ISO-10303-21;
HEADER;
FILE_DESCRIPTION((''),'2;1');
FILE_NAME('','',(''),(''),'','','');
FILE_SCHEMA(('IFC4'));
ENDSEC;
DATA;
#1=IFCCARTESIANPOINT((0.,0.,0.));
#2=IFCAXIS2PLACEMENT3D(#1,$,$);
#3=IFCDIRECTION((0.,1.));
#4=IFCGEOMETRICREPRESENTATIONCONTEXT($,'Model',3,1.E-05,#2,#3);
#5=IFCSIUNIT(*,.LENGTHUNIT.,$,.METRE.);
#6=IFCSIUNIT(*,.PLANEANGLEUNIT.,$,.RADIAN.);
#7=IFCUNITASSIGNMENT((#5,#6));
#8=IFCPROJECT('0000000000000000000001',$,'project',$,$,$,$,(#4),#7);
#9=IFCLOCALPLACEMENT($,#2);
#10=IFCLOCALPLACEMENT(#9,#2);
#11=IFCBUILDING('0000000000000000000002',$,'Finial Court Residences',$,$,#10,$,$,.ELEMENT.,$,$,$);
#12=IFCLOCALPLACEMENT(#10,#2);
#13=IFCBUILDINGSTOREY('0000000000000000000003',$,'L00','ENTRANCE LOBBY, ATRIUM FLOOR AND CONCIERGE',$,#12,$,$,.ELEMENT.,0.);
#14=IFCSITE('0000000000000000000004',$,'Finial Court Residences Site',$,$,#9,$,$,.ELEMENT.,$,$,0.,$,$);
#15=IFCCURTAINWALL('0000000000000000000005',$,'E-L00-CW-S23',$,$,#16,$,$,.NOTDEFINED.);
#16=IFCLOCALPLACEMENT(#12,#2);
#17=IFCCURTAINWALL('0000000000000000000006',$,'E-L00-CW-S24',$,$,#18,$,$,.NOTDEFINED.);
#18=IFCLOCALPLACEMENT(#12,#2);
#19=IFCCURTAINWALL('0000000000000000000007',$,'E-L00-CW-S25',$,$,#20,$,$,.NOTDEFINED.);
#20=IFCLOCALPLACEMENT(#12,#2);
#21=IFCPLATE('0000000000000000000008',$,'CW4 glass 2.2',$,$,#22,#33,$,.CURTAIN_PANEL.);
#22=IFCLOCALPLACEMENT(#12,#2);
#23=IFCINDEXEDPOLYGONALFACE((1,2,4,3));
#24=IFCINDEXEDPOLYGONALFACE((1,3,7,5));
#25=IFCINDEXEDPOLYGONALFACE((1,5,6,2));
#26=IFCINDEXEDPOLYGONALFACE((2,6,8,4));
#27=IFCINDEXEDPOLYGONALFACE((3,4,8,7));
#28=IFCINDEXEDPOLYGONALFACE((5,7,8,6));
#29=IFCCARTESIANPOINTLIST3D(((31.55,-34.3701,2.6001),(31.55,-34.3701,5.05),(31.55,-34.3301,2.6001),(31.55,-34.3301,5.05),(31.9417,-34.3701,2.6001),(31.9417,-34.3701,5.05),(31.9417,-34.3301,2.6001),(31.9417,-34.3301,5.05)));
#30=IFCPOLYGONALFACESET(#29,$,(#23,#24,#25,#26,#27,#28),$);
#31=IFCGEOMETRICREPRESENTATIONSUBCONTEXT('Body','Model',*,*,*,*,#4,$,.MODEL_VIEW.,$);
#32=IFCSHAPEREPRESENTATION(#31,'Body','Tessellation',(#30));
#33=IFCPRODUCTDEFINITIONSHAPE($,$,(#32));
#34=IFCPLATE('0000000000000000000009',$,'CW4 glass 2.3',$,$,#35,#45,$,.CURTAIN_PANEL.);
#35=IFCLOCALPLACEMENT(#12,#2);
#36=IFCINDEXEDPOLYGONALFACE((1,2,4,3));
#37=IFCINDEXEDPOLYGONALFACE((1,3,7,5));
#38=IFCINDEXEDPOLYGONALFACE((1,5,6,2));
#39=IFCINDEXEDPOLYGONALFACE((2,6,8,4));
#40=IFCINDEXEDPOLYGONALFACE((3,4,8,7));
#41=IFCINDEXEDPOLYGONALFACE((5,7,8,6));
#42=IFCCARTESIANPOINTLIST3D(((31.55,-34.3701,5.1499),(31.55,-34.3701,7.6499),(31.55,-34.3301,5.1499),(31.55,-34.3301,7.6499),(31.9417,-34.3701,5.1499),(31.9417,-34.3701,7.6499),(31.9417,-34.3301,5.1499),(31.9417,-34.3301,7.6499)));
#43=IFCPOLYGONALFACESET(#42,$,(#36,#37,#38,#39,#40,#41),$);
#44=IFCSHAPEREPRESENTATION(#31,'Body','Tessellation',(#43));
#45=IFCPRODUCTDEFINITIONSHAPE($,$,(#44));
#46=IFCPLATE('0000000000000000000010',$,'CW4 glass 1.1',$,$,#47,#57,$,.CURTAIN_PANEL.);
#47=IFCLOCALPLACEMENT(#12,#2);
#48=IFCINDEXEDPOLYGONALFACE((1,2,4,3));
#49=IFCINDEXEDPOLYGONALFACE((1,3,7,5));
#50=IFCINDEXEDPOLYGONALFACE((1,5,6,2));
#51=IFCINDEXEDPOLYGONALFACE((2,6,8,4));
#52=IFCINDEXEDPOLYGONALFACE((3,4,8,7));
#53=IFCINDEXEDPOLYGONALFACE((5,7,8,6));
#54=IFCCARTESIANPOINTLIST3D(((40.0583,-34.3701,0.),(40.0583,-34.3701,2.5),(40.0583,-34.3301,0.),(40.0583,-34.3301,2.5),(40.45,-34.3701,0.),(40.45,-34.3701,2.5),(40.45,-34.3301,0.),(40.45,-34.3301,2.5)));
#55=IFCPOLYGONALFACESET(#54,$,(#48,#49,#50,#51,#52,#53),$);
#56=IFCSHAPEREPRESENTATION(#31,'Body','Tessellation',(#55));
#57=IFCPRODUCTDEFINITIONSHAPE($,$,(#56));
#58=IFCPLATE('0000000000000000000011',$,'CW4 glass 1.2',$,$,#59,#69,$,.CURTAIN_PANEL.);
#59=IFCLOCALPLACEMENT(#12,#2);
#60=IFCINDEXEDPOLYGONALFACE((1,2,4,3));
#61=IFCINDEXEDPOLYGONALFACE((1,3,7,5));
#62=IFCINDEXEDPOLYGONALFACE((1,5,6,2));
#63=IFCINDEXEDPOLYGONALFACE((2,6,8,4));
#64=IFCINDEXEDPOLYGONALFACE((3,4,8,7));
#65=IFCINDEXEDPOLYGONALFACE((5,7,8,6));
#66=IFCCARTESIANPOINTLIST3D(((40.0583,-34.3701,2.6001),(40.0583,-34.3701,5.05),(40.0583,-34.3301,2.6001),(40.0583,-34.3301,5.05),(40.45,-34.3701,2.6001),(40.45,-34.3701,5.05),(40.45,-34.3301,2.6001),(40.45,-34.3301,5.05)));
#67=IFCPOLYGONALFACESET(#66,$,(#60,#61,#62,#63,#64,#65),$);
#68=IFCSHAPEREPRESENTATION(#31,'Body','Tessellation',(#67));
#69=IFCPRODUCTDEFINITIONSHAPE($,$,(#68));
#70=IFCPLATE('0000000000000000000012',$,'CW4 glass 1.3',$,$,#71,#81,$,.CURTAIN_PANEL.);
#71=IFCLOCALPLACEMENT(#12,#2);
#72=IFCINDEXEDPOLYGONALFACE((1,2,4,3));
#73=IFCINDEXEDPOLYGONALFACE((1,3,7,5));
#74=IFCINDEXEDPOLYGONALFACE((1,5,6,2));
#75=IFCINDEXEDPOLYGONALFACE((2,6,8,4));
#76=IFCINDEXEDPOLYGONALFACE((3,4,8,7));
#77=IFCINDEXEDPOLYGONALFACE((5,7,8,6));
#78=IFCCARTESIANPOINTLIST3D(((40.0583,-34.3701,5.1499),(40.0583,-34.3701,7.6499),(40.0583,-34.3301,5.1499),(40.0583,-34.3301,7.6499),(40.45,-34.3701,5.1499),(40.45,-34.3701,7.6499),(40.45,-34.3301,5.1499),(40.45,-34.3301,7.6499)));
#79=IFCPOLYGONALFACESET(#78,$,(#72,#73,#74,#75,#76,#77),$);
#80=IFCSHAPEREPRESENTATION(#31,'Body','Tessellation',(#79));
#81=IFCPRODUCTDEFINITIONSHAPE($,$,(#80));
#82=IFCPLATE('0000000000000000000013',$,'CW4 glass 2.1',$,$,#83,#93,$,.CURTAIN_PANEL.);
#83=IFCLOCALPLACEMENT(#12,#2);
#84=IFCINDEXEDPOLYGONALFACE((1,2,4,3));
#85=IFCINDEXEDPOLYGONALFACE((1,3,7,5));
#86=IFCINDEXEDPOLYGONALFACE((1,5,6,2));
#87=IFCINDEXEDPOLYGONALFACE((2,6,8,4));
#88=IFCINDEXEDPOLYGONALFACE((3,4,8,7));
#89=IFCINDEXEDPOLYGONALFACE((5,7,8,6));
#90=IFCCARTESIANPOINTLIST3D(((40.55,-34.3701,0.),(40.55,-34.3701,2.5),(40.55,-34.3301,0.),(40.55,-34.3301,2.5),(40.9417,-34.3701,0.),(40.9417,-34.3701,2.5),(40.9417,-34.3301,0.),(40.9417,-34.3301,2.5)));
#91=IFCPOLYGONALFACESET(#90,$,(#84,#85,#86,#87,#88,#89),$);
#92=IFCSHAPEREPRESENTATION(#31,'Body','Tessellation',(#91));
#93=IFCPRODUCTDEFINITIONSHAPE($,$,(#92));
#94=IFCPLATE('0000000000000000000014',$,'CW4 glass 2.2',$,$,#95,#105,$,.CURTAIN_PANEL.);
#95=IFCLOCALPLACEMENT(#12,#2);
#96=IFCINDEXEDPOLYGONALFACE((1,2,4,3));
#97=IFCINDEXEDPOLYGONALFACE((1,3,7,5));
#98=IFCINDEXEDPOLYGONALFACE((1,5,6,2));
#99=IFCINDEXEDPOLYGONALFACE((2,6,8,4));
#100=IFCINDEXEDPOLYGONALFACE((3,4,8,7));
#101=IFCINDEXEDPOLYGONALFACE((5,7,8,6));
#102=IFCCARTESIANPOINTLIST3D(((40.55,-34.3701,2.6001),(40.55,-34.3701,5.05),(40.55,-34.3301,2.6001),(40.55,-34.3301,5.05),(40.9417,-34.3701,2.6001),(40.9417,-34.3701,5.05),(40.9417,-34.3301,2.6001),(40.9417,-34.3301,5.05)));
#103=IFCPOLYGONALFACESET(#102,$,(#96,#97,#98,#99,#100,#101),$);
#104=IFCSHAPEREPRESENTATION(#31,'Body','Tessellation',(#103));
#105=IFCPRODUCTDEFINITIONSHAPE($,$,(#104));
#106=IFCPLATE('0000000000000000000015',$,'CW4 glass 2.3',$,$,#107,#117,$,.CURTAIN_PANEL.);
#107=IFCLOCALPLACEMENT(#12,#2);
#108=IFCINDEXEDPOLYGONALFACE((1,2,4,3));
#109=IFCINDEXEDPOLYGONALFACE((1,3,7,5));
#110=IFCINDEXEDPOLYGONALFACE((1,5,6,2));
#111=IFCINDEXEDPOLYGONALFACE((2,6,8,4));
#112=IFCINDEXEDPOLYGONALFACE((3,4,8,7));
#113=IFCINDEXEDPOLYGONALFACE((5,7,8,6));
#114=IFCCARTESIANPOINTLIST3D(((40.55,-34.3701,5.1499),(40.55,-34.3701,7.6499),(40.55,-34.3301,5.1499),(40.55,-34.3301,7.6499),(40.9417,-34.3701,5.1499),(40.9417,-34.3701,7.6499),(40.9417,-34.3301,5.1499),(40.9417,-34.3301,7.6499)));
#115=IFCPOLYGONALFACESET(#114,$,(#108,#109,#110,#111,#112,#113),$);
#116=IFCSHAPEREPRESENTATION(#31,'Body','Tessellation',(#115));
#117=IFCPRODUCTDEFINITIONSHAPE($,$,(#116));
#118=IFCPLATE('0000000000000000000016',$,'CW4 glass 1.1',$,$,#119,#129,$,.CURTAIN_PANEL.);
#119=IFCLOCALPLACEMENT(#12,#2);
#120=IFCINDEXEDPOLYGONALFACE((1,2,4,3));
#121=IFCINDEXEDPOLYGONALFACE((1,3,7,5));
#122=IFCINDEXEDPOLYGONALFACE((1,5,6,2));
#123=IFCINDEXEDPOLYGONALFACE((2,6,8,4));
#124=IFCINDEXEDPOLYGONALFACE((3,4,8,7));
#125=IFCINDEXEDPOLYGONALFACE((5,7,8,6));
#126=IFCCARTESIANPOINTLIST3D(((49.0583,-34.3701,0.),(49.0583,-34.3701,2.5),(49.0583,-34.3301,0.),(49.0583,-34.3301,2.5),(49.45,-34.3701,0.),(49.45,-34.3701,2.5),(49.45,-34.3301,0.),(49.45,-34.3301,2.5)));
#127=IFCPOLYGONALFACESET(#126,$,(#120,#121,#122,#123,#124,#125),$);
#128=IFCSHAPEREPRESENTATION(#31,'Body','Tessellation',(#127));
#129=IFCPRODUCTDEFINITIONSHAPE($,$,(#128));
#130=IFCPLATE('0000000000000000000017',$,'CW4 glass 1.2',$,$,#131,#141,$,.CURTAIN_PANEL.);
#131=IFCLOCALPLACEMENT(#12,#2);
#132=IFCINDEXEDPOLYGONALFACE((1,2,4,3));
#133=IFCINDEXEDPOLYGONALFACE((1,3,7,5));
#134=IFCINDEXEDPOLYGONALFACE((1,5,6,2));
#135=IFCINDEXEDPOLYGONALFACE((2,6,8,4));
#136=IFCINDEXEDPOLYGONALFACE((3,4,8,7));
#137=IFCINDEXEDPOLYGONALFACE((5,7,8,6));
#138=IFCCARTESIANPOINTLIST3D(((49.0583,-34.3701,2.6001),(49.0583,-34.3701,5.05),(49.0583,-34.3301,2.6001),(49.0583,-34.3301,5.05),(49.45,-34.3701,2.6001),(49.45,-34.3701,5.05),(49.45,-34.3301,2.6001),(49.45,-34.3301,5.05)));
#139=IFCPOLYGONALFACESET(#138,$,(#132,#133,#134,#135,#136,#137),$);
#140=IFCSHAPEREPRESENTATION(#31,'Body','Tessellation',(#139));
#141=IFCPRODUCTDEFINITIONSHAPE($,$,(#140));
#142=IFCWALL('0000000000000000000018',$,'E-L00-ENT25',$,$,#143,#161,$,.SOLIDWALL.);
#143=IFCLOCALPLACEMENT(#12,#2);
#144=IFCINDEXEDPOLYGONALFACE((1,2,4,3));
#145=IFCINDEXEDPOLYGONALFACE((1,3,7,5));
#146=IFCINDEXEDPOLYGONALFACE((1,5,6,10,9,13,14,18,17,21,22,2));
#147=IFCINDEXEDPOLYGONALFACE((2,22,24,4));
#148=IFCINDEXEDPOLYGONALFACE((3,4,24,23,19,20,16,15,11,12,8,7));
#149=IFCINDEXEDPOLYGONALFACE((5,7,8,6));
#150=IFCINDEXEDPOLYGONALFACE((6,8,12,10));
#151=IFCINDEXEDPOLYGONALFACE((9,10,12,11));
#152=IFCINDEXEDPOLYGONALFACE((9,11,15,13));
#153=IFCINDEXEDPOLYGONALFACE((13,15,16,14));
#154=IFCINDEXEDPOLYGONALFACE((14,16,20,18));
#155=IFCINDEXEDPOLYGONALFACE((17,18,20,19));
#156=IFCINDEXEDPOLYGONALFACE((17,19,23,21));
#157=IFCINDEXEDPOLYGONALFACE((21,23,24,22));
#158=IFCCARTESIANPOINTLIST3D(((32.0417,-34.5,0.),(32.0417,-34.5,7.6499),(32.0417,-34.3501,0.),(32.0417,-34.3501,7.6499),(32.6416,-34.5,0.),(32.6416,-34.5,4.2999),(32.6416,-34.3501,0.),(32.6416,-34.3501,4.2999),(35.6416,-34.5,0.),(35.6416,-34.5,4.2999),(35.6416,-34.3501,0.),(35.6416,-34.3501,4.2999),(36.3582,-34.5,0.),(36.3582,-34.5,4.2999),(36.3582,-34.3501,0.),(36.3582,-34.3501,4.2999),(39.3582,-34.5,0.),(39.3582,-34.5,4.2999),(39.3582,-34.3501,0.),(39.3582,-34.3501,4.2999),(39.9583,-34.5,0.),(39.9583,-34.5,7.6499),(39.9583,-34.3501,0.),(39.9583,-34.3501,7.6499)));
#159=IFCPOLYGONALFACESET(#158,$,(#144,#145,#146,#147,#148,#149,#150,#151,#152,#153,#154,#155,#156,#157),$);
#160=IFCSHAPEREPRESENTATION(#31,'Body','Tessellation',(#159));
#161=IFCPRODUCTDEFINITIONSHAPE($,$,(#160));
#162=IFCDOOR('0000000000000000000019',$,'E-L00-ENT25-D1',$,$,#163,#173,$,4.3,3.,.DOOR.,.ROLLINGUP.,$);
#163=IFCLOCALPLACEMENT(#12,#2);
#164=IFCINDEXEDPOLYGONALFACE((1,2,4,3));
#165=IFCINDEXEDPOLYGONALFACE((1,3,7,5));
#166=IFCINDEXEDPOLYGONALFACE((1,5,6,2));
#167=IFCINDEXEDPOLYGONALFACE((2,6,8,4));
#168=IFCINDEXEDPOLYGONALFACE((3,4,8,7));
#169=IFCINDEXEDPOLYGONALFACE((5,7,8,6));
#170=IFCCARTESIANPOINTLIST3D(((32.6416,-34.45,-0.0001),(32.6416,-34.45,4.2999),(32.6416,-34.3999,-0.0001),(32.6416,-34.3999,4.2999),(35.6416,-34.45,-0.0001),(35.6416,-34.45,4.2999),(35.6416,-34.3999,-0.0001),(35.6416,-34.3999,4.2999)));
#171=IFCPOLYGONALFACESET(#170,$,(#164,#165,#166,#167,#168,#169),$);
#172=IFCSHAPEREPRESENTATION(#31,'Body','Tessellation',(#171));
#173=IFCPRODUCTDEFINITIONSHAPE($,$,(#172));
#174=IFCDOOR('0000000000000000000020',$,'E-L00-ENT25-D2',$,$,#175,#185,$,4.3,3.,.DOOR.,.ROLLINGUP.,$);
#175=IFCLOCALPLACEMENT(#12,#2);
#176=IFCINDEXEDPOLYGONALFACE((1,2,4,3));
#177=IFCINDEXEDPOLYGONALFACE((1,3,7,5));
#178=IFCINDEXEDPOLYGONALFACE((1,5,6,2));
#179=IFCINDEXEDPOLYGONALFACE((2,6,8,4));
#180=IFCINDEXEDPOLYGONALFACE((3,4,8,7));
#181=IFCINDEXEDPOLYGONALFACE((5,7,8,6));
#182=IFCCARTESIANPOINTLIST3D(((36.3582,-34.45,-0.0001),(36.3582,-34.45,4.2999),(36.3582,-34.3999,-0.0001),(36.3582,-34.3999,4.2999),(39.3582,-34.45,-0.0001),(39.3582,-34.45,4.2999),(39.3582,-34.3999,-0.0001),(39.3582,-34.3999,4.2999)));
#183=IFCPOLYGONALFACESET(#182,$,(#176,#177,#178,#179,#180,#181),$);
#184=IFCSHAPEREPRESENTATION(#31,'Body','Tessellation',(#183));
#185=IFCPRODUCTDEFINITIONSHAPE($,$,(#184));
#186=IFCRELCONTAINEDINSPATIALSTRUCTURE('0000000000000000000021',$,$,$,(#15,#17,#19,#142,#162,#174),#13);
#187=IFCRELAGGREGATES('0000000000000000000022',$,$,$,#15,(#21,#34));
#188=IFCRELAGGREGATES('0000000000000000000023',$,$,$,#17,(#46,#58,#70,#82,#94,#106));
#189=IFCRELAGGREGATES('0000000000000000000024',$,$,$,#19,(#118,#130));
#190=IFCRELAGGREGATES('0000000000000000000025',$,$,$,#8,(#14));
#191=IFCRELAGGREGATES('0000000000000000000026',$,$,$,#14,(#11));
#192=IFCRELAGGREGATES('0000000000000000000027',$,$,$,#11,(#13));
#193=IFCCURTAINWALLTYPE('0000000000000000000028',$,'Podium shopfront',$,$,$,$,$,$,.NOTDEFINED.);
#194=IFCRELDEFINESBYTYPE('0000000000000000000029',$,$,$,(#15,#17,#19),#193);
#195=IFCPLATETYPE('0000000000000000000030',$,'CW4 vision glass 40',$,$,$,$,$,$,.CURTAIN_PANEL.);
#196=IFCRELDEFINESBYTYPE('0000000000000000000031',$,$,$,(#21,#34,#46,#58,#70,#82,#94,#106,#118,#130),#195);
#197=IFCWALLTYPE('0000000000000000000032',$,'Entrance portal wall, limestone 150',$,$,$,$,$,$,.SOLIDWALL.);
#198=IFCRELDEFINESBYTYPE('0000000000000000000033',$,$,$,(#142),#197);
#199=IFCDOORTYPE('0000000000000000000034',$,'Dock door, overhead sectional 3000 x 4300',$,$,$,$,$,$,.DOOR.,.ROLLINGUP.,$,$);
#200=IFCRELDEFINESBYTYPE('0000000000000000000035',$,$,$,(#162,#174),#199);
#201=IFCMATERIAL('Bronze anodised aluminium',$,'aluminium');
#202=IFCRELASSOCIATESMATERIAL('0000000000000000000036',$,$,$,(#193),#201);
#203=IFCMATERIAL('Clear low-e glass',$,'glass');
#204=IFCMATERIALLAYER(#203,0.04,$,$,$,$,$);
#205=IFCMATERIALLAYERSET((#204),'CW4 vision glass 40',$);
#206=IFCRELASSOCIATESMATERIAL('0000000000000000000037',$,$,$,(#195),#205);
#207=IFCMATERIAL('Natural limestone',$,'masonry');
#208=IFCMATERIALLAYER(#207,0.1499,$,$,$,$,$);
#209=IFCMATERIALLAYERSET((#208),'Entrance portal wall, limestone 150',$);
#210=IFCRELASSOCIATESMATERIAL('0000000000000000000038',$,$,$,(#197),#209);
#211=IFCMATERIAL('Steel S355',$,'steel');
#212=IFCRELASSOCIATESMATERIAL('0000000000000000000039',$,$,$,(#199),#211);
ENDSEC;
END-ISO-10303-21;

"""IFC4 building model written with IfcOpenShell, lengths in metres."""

from ifc_helpers import new_model, si_unit, direction, frame, frame_2d, origin, origin_2d, place, context, subcontext, project, spatial, rectangle, extrude, material, layer, layer_set, type_object, element, fill, aggregate, save


model = new_model("IFC4")

# Units and contexts
model_context = context("Model", 3, precision=1e-05, world=origin(), true_north=direction((0.0, 1.0)))
body_context = subcontext(model_context, "Body", "Model", "MODEL_VIEW")
ifc_project = project(units=[si_unit("LENGTHUNIT", "METRE"), si_unit("PLANEANGLEUNIT", "RADIAN")], contexts=[model_context])

# Site, building, storey
site_placement = place(None, origin())
site = spatial("IfcSite", under=ifc_project, at=site_placement, Name="Finial Court Residences Site", CompositionType="ELEMENT", RefElevation=0.0)
building_placement = place(site_placement, origin())
building = spatial("IfcBuilding", under=site, at=building_placement, Name="Finial Court Residences", CompositionType="ELEMENT")
storey_placement = place(building_placement, origin())
storey = spatial("IfcBuildingStorey", under=building, at=storey_placement, Name="L00", Description="ENTRANCE LOBBY, ATRIUM FLOOR AND CONCIERGE", CompositionType="ELEMENT", Elevation=0.0)

# Curtain wall
ifc_material_1 = material(Name="Bronze anodised aluminium", Category="aluminium")
curtain_wall_type = type_object("IfcCurtainWallType", Name="Podium shopfront", PredefinedType="NOTDEFINED", material=ifc_material_1)
curtain_wall_1_placement = place(storey_placement, origin())
curtain_wall_1 = element("IfcCurtainWall", 1, at=curtain_wall_1_placement, inside=storey, type_object=curtain_wall_type, Name="E-L00-CW-S23", PredefinedType="NOTDEFINED")

# Curtain wall
curtain_wall_2_placement = place(storey_placement, origin())
curtain_wall_2 = element("IfcCurtainWall", 2, at=curtain_wall_2_placement, inside=storey, type_object=curtain_wall_type, Name="E-L00-CW-S24", PredefinedType="NOTDEFINED")

# Curtain wall
curtain_wall_3_placement = place(storey_placement, origin())
curtain_wall_3 = element("IfcCurtainWall", 3, at=curtain_wall_3_placement, inside=storey, type_object=curtain_wall_type, Name="E-L00-CW-S25", PredefinedType="NOTDEFINED")

# Plates
ifc_material_2 = material(Name="Clear low-e glass", Category="glass")
ifc_layer_1 = layer(ifc_material_2, 0.04)
ifc_layer_set_1 = layer_set([ifc_layer_1], Name="CW4 vision glass 40")
plate_type = type_object("IfcPlateType", Name="CW4 vision glass 40", PredefinedType="CURTAIN_PANEL", material=ifc_layer_set_1)
plate_1_placement = place(storey_placement, frame((31.7458, -34.3501, 2.6001), z_axis=(0.0, 0.0, 1.0), x_axis=(1.0, 0.0, 0.0)))
plate_1 = element("IfcPlate", 4, at=plate_1_placement, type_object=plate_type, Name="CW4 glass 2.2", PredefinedType="CURTAIN_PANEL", context=body_context, shape_type="SweptSolid", body=[
    extrude(rectangle(XDim=0.3916, YDim=0.04, at=origin_2d()), origin(), (0.0, 0.0, 1.0), 2.45),
])
plate_2_placement = place(storey_placement, frame((31.7458, -34.3501, 5.1499), z_axis=(0.0, 0.0, 1.0), x_axis=(1.0, 0.0, 0.0)))
plate_2 = element("IfcPlate", 5, at=plate_2_placement, type_object=plate_type, Name="CW4 glass 2.3", PredefinedType="CURTAIN_PANEL", context=body_context, shape_type="SweptSolid", body=[
    extrude(rectangle(XDim=0.3916, YDim=0.04, at=origin_2d()), origin(), (0.0, 0.0, 1.0), 2.5),
])
aggregate(curtain_wall_1, [plate_1, plate_2])
plate_3_placement = place(storey_placement, frame((40.2542, -34.3501, 0.0), z_axis=(0.0, 0.0, 1.0), x_axis=(1.0, 0.0, 0.0)))
plate_3 = element("IfcPlate", 6, at=plate_3_placement, type_object=plate_type, Name="CW4 glass 1.1", PredefinedType="CURTAIN_PANEL", context=body_context, shape_type="SweptSolid", body=[
    extrude(rectangle(XDim=0.3916, YDim=0.04, at=origin_2d()), origin(), (0.0, 0.0, 1.0), 2.5),
])
plate_4_placement = place(storey_placement, frame((40.2542, -34.3501, 2.6001), z_axis=(0.0, 0.0, 1.0), x_axis=(1.0, 0.0, 0.0)))
plate_4 = element("IfcPlate", 7, at=plate_4_placement, type_object=plate_type, Name="CW4 glass 1.2", PredefinedType="CURTAIN_PANEL", context=body_context, shape_type="SweptSolid", body=[
    extrude(rectangle(XDim=0.3916, YDim=0.04, at=origin_2d()), origin(), (0.0, 0.0, 1.0), 2.45),
])
plate_5_placement = place(storey_placement, frame((40.2542, -34.3501, 5.1499), z_axis=(0.0, 0.0, 1.0), x_axis=(1.0, 0.0, 0.0)))
plate_5 = element("IfcPlate", 8, at=plate_5_placement, type_object=plate_type, Name="CW4 glass 1.3", PredefinedType="CURTAIN_PANEL", context=body_context, shape_type="SweptSolid", body=[
    extrude(rectangle(XDim=0.3916, YDim=0.04, at=origin_2d()), origin(), (0.0, 0.0, 1.0), 2.5),
])
plate_6_placement = place(storey_placement, frame((40.7458, -34.3501, 0.0), z_axis=(0.0, 0.0, 1.0), x_axis=(1.0, 0.0, 0.0)))
plate_6 = element("IfcPlate", 9, at=plate_6_placement, type_object=plate_type, Name="CW4 glass 2.1", PredefinedType="CURTAIN_PANEL", context=body_context, shape_type="SweptSolid", body=[
    extrude(rectangle(XDim=0.3916, YDim=0.04, at=origin_2d()), origin(), (0.0, 0.0, 1.0), 2.5),
])
plate_7_placement = place(storey_placement, frame((40.7458, -34.3501, 2.6001), z_axis=(0.0, 0.0, 1.0), x_axis=(1.0, 0.0, 0.0)))
plate_7 = element("IfcPlate", 10, at=plate_7_placement, type_object=plate_type, Name="CW4 glass 2.2", PredefinedType="CURTAIN_PANEL", context=body_context, shape_type="SweptSolid", body=[
    extrude(rectangle(XDim=0.3916, YDim=0.04, at=origin_2d()), origin(), (0.0, 0.0, 1.0), 2.45),
])
plate_8_placement = place(storey_placement, frame((40.7458, -34.3501, 5.1499), z_axis=(0.0, 0.0, 1.0), x_axis=(1.0, 0.0, 0.0)))
plate_8 = element("IfcPlate", 11, at=plate_8_placement, type_object=plate_type, Name="CW4 glass 2.3", PredefinedType="CURTAIN_PANEL", context=body_context, shape_type="SweptSolid", body=[
    extrude(rectangle(XDim=0.3916, YDim=0.04, at=origin_2d()), origin(), (0.0, 0.0, 1.0), 2.5),
])
aggregate(curtain_wall_2, [plate_3, plate_4, plate_5, plate_6, plate_7, plate_8])
plate_9_placement = place(storey_placement, frame((49.2542, -34.3501, 0.0), z_axis=(0.0, 0.0, 1.0), x_axis=(1.0, 0.0, 0.0)))
plate_9 = element("IfcPlate", 12, at=plate_9_placement, type_object=plate_type, Name="CW4 glass 1.1", PredefinedType="CURTAIN_PANEL", context=body_context, shape_type="SweptSolid", body=[
    extrude(rectangle(XDim=0.3916, YDim=0.04, at=origin_2d()), origin(), (0.0, 0.0, 1.0), 2.5),
])
plate_10_placement = place(storey_placement, frame((49.2542, -34.3501, 2.6001), z_axis=(0.0, 0.0, 1.0), x_axis=(1.0, 0.0, 0.0)))
plate_10 = element("IfcPlate", 13, at=plate_10_placement, type_object=plate_type, Name="CW4 glass 1.2", PredefinedType="CURTAIN_PANEL", context=body_context, shape_type="SweptSolid", body=[
    extrude(rectangle(XDim=0.3916, YDim=0.04, at=origin_2d()), origin(), (0.0, 0.0, 1.0), 2.45),
])
aggregate(curtain_wall_3, [plate_9, plate_10])

# Wall, openings, doors
ifc_material_3 = material(Name="Natural limestone", Category="masonry")
ifc_layer_2 = layer(ifc_material_3, 0.1499)
ifc_layer_set_2 = layer_set([ifc_layer_2], Name="Entrance portal wall, limestone 150")
wall_type = type_object("IfcWallType", Name="Entrance portal wall, limestone 150", PredefinedType="SOLIDWALL", material=ifc_layer_set_2)
wall_1_placement = place(storey_placement, frame((39.9583, -34.425, 0.0), z_axis=(0.0, 0.0, 1.0), x_axis=(-1.0, 0.0, 0.0)))
wall_1 = element("IfcWall", 14, at=wall_1_placement, inside=storey, type_object=wall_type, Name="E-L00-ENT25", PredefinedType="SOLIDWALL", context=body_context, shape_type="SweptSolid", body=[
    extrude(rectangle(XDim=7.9165, YDim=0.1499, at=frame_2d((3.9583, 0.0))), origin(), (0.0, 0.0, 1.0), 7.6499),
])
opening_1_placement = place(wall_1_placement, frame((4.3167, 0.0, 0.0)))
opening_1 = element("IfcOpeningElement", 15, at=opening_1_placement, cuts=wall_1, PredefinedType="OPENING", context=body_context, shape_type="SweptSolid", body=[
    extrude(rectangle(XDim=3.0, YDim=4.3, at=frame_2d((1.5, 2.1499))), frame((0.0, 0.085, 0.0), z_axis=(0.0, -1.0, 0.0), x_axis=(1.0, 0.0, 0.0)), (0.0, 0.0, 1.0), 0.1699),
])
opening_2_placement = place(wall_1_placement, frame((0.6001, 0.0, 0.0)))
opening_2 = element("IfcOpeningElement", 16, at=opening_2_placement, cuts=wall_1, PredefinedType="OPENING", context=body_context, shape_type="SweptSolid", body=[
    extrude(rectangle(XDim=3.0, YDim=4.3, at=frame_2d((1.5, 2.1499))), frame((0.0, 0.085, 0.0), z_axis=(0.0, -1.0, 0.0), x_axis=(1.0, 0.0, 0.0)), (0.0, 0.0, 1.0), 0.1699),
])
ifc_material_4 = material(Name="Steel S355", Category="steel")
door_type = type_object("IfcDoorType", Name="Dock door, overhead sectional 3000 x 4300", OperationType="ROLLINGUP", PredefinedType="DOOR", material=ifc_material_4)
door_1_placement = place(opening_1_placement, origin())
door_1 = element("IfcDoor", 17, at=door_1_placement, inside=storey, type_object=door_type, Name="E-L00-ENT25-D1", OperationType="ROLLINGUP", OverallHeight=4.3, OverallWidth=3.0, PredefinedType="DOOR", context=body_context, shape_type="SweptSolid", body=[
    extrude(rectangle(XDim=3.0, YDim=4.3, at=frame_2d((1.5, 2.1499))), frame((0.0, 0.0249, 0.0), z_axis=(0.0, -1.0, 0.0), x_axis=(1.0, 0.0, 0.0)), (0.0, 0.0, 1.0), 0.05),
])
fill(opening_1, door_1)
door_2_placement = place(opening_2_placement, origin())
door_2 = element("IfcDoor", 18, at=door_2_placement, inside=storey, type_object=door_type, Name="E-L00-ENT25-D2", OperationType="ROLLINGUP", OverallHeight=4.3, OverallWidth=3.0, PredefinedType="DOOR", context=body_context, shape_type="SweptSolid", body=[
    extrude(rectangle(XDim=3.0, YDim=4.3, at=frame_2d((1.5, 2.1499))), frame((0.0, 0.0249, 0.0), z_axis=(0.0, -1.0, 0.0), x_axis=(1.0, 0.0, 0.0)), (0.0, 0.0, 1.0), 0.05),
])
fill(opening_2, door_2)

save(model, "model.ifc")
